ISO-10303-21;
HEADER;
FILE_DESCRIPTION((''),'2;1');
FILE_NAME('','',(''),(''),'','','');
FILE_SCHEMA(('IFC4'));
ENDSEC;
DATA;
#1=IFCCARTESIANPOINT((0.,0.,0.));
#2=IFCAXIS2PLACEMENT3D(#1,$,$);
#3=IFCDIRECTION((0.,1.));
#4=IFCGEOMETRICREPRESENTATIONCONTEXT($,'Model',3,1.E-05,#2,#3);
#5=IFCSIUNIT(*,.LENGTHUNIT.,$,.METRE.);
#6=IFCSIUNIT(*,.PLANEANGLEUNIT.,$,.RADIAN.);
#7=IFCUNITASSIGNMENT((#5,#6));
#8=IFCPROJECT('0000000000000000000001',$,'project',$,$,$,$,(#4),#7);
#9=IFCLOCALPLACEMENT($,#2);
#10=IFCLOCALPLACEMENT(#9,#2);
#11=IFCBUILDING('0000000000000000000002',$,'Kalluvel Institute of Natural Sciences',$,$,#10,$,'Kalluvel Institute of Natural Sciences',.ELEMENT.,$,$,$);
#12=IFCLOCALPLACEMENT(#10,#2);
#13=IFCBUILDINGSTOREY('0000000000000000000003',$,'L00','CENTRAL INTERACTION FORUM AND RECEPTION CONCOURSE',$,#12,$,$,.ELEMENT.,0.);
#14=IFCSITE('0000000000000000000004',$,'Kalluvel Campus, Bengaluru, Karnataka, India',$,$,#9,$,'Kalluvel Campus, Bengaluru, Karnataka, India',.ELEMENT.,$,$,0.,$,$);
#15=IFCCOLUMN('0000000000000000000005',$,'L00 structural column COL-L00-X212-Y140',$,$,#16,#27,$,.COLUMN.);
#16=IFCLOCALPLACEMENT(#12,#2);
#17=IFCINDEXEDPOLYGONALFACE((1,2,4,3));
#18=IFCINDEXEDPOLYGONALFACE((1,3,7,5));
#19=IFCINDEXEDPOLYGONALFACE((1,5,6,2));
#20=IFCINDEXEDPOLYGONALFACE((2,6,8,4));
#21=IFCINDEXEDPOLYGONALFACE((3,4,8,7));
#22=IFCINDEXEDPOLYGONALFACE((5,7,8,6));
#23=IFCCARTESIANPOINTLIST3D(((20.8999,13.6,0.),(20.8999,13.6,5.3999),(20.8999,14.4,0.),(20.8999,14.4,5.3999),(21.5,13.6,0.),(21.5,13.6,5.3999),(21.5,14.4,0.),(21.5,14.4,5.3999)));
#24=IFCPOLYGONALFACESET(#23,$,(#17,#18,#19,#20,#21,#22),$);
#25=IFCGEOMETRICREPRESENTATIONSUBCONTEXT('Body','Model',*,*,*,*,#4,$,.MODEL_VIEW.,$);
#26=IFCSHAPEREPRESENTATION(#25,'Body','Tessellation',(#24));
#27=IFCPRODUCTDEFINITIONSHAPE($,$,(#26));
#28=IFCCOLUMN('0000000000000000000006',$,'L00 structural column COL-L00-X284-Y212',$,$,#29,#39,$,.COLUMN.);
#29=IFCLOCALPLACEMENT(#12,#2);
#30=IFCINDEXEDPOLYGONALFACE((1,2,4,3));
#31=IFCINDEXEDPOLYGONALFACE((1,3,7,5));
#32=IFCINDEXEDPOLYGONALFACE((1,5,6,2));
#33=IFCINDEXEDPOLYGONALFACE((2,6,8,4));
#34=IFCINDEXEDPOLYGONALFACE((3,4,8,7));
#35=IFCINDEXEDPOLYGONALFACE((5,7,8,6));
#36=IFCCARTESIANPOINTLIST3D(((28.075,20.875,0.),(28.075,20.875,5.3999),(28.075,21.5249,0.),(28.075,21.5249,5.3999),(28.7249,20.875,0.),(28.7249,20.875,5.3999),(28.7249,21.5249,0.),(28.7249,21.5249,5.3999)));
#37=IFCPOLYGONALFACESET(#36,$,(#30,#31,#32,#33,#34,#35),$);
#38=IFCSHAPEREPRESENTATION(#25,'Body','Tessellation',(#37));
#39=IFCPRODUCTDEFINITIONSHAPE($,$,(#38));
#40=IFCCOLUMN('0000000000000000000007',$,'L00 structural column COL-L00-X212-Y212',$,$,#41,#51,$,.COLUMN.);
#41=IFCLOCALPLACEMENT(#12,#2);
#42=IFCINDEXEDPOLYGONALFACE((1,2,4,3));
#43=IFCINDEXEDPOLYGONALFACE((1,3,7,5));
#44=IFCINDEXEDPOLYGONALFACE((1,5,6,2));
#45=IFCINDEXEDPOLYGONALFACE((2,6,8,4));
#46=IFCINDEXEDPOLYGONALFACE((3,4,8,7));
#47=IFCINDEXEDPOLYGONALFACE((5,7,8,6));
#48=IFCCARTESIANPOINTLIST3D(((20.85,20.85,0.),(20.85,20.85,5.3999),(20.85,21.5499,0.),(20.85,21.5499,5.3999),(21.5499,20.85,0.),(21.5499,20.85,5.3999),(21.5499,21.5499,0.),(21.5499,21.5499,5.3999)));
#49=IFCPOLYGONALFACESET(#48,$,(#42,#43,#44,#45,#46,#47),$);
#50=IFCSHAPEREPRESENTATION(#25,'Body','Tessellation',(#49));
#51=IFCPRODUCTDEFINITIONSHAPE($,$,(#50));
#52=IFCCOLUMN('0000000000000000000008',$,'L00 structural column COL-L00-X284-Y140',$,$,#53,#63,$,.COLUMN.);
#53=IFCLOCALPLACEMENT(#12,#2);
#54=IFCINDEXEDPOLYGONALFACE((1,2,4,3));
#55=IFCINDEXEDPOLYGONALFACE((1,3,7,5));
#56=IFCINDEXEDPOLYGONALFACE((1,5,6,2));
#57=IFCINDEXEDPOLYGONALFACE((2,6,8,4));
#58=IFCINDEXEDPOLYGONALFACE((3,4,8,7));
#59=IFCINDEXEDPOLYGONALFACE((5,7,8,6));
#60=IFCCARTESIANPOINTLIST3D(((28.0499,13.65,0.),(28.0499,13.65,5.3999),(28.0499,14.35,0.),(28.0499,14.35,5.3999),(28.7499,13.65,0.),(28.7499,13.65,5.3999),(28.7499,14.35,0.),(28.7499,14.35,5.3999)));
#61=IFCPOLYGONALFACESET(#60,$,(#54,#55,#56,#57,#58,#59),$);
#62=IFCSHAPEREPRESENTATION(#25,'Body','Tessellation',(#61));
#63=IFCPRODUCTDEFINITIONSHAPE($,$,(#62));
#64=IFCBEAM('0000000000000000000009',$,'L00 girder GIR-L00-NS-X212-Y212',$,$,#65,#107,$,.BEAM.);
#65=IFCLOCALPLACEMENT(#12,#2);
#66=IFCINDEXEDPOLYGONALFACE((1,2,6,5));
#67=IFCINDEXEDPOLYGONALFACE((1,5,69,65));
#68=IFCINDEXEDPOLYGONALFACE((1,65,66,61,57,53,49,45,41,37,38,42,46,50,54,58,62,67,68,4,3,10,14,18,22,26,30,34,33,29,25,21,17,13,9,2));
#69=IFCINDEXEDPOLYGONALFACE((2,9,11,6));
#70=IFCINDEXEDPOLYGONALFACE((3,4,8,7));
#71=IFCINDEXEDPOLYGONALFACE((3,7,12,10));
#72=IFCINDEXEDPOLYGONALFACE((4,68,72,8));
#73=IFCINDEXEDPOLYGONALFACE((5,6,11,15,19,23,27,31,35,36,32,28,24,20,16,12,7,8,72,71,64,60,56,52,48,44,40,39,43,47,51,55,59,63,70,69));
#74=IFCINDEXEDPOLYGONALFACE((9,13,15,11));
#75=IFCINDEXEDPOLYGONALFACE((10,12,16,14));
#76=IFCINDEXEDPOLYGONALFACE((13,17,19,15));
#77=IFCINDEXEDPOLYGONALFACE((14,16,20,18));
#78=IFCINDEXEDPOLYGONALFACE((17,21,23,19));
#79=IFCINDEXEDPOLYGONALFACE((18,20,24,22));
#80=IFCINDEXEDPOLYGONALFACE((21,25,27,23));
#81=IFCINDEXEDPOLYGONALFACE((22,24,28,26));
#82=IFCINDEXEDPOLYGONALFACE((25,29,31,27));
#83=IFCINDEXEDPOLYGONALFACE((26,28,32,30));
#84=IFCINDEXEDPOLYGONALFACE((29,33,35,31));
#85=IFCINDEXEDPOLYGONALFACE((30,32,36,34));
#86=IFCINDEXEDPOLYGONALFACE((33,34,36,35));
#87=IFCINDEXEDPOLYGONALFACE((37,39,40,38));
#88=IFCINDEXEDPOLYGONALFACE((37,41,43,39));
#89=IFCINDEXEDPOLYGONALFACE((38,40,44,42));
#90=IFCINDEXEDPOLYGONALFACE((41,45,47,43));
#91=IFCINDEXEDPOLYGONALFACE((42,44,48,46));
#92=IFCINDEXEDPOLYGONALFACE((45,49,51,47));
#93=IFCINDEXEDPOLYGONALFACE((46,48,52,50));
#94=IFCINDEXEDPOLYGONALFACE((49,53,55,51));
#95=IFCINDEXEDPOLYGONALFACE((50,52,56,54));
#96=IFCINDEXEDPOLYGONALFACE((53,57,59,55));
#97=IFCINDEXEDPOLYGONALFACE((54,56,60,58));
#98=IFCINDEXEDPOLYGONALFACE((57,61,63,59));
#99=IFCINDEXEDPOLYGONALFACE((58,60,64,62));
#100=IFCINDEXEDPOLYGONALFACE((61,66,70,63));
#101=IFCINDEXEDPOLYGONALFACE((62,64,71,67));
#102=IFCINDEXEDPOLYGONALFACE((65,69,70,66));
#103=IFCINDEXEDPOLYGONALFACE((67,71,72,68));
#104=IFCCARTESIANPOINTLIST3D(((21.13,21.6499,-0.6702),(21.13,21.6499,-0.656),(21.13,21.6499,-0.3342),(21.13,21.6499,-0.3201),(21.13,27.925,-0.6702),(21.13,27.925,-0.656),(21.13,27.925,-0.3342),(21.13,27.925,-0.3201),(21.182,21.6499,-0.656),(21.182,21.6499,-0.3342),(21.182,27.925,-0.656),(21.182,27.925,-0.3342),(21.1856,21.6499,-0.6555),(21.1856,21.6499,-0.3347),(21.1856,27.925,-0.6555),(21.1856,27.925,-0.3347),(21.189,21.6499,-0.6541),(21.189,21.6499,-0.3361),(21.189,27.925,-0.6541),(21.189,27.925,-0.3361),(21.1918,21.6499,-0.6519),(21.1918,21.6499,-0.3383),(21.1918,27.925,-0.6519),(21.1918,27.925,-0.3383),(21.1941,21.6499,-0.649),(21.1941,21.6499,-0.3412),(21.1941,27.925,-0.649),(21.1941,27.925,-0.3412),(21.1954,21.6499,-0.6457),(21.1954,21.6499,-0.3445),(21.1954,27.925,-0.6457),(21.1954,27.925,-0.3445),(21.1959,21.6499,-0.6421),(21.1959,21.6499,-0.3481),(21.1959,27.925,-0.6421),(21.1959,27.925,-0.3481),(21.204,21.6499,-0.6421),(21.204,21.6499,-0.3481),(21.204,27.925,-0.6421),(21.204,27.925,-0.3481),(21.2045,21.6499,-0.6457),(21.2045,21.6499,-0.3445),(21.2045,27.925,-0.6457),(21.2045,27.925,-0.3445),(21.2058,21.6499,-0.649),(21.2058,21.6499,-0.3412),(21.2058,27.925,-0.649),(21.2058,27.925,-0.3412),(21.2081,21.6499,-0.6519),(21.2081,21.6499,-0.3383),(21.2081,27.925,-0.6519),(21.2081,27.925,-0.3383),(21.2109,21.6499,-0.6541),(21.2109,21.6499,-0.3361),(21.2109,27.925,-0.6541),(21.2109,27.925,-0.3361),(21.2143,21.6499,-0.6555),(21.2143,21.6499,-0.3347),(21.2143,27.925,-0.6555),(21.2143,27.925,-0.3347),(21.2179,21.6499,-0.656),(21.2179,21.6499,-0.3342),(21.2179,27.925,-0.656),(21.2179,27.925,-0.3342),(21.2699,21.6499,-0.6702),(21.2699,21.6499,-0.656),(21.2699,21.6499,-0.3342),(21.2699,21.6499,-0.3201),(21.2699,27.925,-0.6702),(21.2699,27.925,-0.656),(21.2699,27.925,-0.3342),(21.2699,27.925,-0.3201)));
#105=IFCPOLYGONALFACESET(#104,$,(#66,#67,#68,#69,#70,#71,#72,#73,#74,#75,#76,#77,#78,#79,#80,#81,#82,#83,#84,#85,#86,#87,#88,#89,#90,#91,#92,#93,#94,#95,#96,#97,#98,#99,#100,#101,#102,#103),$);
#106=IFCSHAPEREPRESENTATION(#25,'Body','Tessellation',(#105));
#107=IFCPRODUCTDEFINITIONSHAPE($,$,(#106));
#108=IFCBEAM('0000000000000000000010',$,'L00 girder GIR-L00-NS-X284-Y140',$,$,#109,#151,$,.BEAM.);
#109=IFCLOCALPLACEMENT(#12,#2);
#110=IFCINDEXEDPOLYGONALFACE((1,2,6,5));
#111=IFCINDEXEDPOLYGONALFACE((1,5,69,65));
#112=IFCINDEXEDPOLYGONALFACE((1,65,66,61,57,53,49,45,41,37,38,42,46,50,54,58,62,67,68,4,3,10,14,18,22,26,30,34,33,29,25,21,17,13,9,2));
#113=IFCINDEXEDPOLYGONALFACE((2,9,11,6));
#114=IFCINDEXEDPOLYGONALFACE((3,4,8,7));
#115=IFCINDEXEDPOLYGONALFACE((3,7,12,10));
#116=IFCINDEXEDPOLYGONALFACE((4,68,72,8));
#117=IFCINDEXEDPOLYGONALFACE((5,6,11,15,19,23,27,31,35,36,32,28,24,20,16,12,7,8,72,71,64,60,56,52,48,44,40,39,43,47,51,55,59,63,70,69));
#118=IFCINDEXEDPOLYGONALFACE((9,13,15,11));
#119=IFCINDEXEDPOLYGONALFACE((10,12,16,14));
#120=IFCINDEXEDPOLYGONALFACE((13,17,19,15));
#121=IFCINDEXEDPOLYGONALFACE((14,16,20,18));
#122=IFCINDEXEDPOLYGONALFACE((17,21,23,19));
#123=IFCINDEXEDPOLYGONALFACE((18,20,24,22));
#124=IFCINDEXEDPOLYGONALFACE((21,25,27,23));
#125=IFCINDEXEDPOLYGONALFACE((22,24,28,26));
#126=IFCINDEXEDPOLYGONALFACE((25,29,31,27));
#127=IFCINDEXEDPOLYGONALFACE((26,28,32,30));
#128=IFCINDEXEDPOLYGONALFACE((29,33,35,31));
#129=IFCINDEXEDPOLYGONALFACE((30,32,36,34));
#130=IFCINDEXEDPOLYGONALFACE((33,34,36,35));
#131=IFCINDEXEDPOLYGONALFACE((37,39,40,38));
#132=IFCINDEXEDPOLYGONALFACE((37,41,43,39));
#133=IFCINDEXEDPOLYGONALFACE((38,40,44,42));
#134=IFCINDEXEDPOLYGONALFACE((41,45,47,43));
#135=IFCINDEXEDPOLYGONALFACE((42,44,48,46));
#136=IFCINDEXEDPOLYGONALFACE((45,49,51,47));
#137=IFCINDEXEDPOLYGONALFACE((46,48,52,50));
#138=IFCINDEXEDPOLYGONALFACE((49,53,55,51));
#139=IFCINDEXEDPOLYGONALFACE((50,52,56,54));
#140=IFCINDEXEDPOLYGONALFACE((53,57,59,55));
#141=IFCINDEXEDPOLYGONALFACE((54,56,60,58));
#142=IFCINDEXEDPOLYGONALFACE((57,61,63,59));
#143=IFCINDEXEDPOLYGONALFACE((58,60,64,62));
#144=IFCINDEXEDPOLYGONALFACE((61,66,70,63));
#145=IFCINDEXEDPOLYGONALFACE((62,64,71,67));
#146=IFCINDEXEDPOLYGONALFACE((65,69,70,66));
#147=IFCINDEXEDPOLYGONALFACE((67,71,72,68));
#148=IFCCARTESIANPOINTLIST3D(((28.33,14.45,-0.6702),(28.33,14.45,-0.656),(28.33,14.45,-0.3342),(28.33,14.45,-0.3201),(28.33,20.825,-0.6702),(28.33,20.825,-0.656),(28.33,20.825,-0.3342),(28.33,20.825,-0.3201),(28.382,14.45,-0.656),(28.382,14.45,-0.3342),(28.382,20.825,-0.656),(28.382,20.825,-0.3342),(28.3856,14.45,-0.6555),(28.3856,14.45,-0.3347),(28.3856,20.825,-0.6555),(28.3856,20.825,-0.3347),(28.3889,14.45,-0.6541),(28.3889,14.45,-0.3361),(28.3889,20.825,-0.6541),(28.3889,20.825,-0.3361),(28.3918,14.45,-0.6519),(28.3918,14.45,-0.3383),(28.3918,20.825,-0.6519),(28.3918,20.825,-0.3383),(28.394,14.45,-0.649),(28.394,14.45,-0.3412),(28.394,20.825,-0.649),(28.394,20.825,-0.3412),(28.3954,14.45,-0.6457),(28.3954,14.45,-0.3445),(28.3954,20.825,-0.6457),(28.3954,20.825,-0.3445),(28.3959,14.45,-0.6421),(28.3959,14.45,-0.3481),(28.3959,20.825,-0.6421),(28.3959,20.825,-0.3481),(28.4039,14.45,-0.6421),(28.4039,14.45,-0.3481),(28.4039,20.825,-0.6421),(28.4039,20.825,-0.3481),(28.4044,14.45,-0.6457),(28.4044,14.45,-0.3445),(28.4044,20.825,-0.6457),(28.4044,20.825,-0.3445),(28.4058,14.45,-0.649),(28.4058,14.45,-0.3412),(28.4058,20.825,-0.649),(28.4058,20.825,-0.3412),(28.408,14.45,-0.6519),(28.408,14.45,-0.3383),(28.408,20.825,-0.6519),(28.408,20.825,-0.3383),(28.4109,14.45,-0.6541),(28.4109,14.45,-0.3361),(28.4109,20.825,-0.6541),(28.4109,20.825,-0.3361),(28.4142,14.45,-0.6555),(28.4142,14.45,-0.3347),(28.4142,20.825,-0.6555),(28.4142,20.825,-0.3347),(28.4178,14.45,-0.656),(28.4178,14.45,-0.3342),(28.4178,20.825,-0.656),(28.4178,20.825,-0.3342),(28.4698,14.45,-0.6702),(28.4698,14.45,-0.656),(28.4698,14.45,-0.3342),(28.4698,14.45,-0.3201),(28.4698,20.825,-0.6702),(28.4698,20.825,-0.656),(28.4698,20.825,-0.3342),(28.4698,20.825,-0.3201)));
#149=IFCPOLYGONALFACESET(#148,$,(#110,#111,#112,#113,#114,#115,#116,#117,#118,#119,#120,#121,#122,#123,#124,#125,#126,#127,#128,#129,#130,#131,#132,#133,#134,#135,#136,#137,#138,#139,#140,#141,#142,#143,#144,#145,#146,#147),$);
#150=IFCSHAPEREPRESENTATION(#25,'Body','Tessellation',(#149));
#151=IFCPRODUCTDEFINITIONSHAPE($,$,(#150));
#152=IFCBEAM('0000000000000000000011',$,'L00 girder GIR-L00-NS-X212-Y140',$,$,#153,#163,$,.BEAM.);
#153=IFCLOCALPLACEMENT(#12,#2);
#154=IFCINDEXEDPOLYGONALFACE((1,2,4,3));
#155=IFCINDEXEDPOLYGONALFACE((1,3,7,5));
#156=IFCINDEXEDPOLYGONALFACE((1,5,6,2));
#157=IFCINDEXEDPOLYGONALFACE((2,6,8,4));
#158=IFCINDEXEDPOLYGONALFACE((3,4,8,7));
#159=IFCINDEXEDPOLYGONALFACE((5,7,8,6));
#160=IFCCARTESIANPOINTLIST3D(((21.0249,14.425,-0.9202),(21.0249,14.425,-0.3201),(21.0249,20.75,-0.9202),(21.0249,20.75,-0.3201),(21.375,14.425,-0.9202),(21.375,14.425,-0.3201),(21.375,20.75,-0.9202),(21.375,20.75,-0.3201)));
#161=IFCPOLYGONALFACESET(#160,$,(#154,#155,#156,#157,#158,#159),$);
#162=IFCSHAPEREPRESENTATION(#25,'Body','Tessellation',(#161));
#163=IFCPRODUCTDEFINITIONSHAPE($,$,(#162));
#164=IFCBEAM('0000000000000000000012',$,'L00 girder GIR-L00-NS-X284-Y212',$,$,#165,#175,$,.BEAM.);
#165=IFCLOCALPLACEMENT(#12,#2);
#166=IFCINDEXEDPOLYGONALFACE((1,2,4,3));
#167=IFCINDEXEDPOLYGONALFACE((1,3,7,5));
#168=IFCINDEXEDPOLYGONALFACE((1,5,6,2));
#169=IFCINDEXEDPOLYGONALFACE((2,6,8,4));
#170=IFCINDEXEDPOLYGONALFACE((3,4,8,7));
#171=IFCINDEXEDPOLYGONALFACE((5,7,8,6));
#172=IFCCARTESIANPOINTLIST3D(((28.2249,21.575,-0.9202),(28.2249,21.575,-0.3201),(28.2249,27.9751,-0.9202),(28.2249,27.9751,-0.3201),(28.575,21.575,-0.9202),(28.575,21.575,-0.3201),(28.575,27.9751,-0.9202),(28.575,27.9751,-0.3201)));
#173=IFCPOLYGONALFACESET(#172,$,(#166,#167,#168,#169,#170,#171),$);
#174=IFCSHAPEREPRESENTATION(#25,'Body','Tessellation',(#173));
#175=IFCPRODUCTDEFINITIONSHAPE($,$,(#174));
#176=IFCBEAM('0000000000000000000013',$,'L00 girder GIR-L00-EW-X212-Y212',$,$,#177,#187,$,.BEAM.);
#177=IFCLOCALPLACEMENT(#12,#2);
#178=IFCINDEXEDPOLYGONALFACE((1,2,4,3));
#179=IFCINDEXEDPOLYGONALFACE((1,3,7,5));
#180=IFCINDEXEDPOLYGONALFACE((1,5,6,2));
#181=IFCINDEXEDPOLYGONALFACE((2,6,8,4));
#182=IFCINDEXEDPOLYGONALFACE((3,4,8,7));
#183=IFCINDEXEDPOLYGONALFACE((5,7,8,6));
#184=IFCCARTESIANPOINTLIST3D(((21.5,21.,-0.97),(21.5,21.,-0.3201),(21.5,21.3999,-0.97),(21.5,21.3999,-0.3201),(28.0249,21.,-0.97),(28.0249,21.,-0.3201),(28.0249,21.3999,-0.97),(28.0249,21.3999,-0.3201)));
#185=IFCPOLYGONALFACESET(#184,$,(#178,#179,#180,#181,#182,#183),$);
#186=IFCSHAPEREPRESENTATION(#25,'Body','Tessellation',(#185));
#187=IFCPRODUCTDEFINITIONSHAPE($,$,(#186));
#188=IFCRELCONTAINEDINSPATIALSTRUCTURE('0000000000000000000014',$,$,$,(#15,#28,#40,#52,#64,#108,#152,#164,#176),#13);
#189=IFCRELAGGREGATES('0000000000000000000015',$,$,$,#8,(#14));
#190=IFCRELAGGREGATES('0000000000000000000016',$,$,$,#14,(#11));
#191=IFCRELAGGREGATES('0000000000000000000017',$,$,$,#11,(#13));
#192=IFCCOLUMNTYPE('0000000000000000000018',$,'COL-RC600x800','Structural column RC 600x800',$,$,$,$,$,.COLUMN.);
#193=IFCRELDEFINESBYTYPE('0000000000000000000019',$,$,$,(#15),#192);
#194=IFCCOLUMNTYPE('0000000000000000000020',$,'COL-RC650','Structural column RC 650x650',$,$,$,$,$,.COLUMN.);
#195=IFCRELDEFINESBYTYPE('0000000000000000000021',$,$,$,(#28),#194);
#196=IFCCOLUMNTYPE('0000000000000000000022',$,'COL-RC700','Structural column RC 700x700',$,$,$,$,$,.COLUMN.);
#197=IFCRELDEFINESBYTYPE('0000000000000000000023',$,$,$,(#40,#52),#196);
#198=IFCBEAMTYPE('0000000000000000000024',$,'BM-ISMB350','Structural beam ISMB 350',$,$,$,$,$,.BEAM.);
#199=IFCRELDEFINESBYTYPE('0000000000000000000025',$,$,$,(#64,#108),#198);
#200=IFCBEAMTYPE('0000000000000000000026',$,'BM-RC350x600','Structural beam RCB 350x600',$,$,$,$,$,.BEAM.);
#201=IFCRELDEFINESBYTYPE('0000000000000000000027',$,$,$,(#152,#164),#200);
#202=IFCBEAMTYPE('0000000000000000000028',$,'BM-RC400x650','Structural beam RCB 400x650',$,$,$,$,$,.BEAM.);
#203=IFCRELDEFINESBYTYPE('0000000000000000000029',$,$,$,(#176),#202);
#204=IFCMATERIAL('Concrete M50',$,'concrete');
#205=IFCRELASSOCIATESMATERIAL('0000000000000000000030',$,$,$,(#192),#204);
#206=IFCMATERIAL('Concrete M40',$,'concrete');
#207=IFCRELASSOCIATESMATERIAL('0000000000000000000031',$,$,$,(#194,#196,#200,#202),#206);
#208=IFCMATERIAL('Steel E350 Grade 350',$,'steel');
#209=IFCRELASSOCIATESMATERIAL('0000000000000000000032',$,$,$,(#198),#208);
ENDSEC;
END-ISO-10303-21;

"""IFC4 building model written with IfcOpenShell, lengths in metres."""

from ifc_helpers import new_model, si_unit, direction, frame, origin, origin_2d, place, context, subcontext, project, spatial, rectangle, i_section, extrude, material, material_profile, profile_set, type_object, element, save


model = new_model("IFC4")

# Units and contexts
model_context = context("Model", 3, precision=1e-05, world=origin(), true_north=direction((0.0, 1.0)))
body_context = subcontext(model_context, "Body", "Model", "MODEL_VIEW")
ifc_project = project(units=[si_unit("LENGTHUNIT", "METRE"), si_unit("PLANEANGLEUNIT", "RADIAN")], contexts=[model_context])

# Site, building, storey
site_placement = place(None, origin())
site = spatial("IfcSite", under=ifc_project, at=site_placement, Name="Kalluvel Campus, Bengaluru, Karnataka, India", LongName="Kalluvel Campus, Bengaluru, Karnataka, India", CompositionType="ELEMENT", RefElevation=0.0)
building_placement = place(site_placement, origin())
building = spatial("IfcBuilding", under=site, at=building_placement, Name="Kalluvel Institute of Natural Sciences", LongName="Kalluvel Institute of Natural Sciences", CompositionType="ELEMENT")
storey_placement = place(building_placement, origin())
storey = spatial("IfcBuildingStorey", under=building, at=storey_placement, Name="L00", Description="CENTRAL INTERACTION FORUM AND RECEPTION CONCOURSE", CompositionType="ELEMENT", Elevation=0.0)

# Columns
ifc_material_1 = material(Name="Concrete M50", Category="concrete")
ifc_material_profile_1 = material_profile(ifc_material_1, rectangle(XDim=0.6001, YDim=0.8, at=origin_2d()), Name="RC 600x800")
ifc_profile_set_1 = profile_set([ifc_material_profile_1], Name="Concrete M50")
column_type_1 = type_object("IfcColumnType", Name="COL-RC600x800", Description="Structural column RC 600x800", PredefinedType="COLUMN", material=ifc_profile_set_1)
column_1_placement = place(storey_placement, frame((21.2, 14.0, 0.0), z_axis=(0.0, 0.0, 1.0), x_axis=(1.0, 0.0, 0.0)))
element("IfcColumn", 1, at=column_1_placement, inside=storey, type_object=column_type_1, Name="L00 structural column COL-L00-X212-Y140", PredefinedType="COLUMN", context=body_context, shape_type="SweptSolid", body=[
    extrude(rectangle(XDim=0.6001, YDim=0.8, at=origin_2d()), origin(), (0.0, 0.0, 1.0), 5.3999),
])
ifc_material_2 = material(Name="Concrete M40", Category="concrete")
ifc_material_profile_2 = material_profile(ifc_material_2, rectangle(XDim=0.6499, YDim=0.6499, at=origin_2d()), Name="RC 650x650")
ifc_profile_set_2 = profile_set([ifc_material_profile_2], Name="Concrete M40")
column_type_2 = type_object("IfcColumnType", Name="COL-RC650", Description="Structural column RC 650x650", PredefinedType="COLUMN", material=ifc_profile_set_2)
column_2_placement = place(storey_placement, frame((28.3999, 21.2, 0.0), z_axis=(0.0, 0.0, 1.0), x_axis=(1.0, 0.0, 0.0)))
element("IfcColumn", 2, at=column_2_placement, inside=storey, type_object=column_type_2, Name="L00 structural column COL-L00-X284-Y212", PredefinedType="COLUMN", context=body_context, shape_type="SweptSolid", body=[
    extrude(rectangle(XDim=0.6499, YDim=0.6499, at=origin_2d()), origin(), (0.0, 0.0, 1.0), 5.3999),
])
ifc_material_profile_3 = material_profile(ifc_material_2, rectangle(XDim=0.7, YDim=0.7, at=origin_2d()), Name="RC 700x700")
ifc_profile_set_3 = profile_set([ifc_material_profile_3], Name="Concrete M40")
column_type_3 = type_object("IfcColumnType", Name="COL-RC700", Description="Structural column RC 700x700", PredefinedType="COLUMN", material=ifc_profile_set_3)
for number, where, z_axis, x_axis, name in (
    (3, (21.2, 21.2, 0.0), (0.0, 0.0, 1.0), (1.0, 0.0, 0.0), "L00 structural column COL-L00-X212-Y212"),
    (4, (28.3999, 14.0, 0.0), (0.0, 0.0, 1.0), (1.0, 0.0, 0.0), "L00 structural column COL-L00-X284-Y140"),
):
    element("IfcColumn", number, at=place(storey_placement, frame(where, z_axis=z_axis, x_axis=x_axis)), inside=storey, type_object=column_type_3, Name=name, PredefinedType="COLUMN", context=body_context, shape_type="SweptSolid", body=[
        extrude(rectangle(XDim=0.7, YDim=0.7, at=origin_2d()), origin(), (0.0, 0.0, 1.0), 5.3999),
    ])

# Beams
ifc_material_3 = material(Name="Steel E350 Grade 350", Category="steel")
ifc_material_profile_4 = material_profile(ifc_material_3, i_section(OverallWidth=0.1399, OverallDepth=0.3501, WebThickness=0.0081, FlangeThickness=0.0142, FilletRadius=0.0139, at=origin_2d()), Name="ISMB 350")
ifc_profile_set_4 = profile_set([ifc_material_profile_4], Name="Steel E350 Grade 350")
beam_type_1 = type_object("IfcBeamType", Name="BM-ISMB350", Description="Structural beam ISMB 350", PredefinedType="BEAM", material=ifc_profile_set_4)
beam_1_placement = place(storey_placement, frame((21.2, 21.6499, -0.4951), z_axis=(0.0, 1.0, 0.0), x_axis=(-1.0, 0.0, 0.0)))
element("IfcBeam", 5, at=beam_1_placement, inside=storey, type_object=beam_type_1, Name="L00 girder GIR-L00-NS-X212-Y212", PredefinedType="BEAM", context=body_context, shape_type="SweptSolid", body=[
    extrude(i_section(OverallWidth=0.1399, OverallDepth=0.3501, WebThickness=0.0081, FlangeThickness=0.0142, FilletRadius=0.0139, at=origin_2d()), origin(), (0.0, 0.0, 1.0), 6.2751),
])
beam_2_placement = place(storey_placement, frame((28.3999, 14.45, -0.4951), z_axis=(0.0, 1.0, 0.0), x_axis=(-1.0, 0.0, 0.0)))
element("IfcBeam", 6, at=beam_2_placement, inside=storey, type_object=beam_type_1, Name="L00 girder GIR-L00-NS-X284-Y140", PredefinedType="BEAM", context=body_context, shape_type="SweptSolid", body=[
    extrude(i_section(OverallWidth=0.1399, OverallDepth=0.3501, WebThickness=0.0081, FlangeThickness=0.0142, FilletRadius=0.0139, at=origin_2d()), origin(), (0.0, 0.0, 1.0), 6.375),
])
ifc_material_profile_5 = material_profile(ifc_material_2, rectangle(XDim=0.3501, YDim=0.6001, at=origin_2d()), Name="RCB 350x600")
ifc_profile_set_5 = profile_set([ifc_material_profile_5], Name="Concrete M40")
beam_type_2 = type_object("IfcBeamType", Name="BM-RC350x600", Description="Structural beam RCB 350x600", PredefinedType="BEAM", material=ifc_profile_set_5)
beam_3_placement = place(storey_placement, frame((21.2, 14.425, -0.6201), z_axis=(0.0, 1.0, 0.0), x_axis=(-1.0, 0.0, 0.0)))
element("IfcBeam", 7, at=beam_3_placement, inside=storey, type_object=beam_type_2, Name="L00 girder GIR-L00-NS-X212-Y140", PredefinedType="BEAM", context=body_context, shape_type="SweptSolid", body=[
    extrude(rectangle(XDim=0.3501, YDim=0.6001, at=origin_2d()), origin(), (0.0, 0.0, 1.0), 6.325),
])
beam_4_placement = place(storey_placement, frame((28.3999, 21.575, -0.6201), z_axis=(0.0, 1.0, 0.0), x_axis=(-1.0, 0.0, 0.0)))
element("IfcBeam", 8, at=beam_4_placement, inside=storey, type_object=beam_type_2, Name="L00 girder GIR-L00-NS-X284-Y212", PredefinedType="BEAM", context=body_context, shape_type="SweptSolid", body=[
    extrude(rectangle(XDim=0.3501, YDim=0.6001, at=origin_2d()), origin(), (0.0, 0.0, 1.0), 6.4001),
])
ifc_material_profile_6 = material_profile(ifc_material_2, rectangle(XDim=0.3999, YDim=0.6499, at=origin_2d()), Name="RCB 400x650")
ifc_profile_set_6 = profile_set([ifc_material_profile_6], Name="Concrete M40")
beam_type_3 = type_object("IfcBeamType", Name="BM-RC400x650", Description="Structural beam RCB 400x650", PredefinedType="BEAM", material=ifc_profile_set_6)
beam_5_placement = place(storey_placement, frame((21.5, 21.2, -0.645), z_axis=(1.0, 0.0, 0.0), x_axis=(0.0, 1.0, 0.0)))
element("IfcBeam", 9, at=beam_5_placement, inside=storey, type_object=beam_type_3, Name="L00 girder GIR-L00-EW-X212-Y212", PredefinedType="BEAM", context=body_context, shape_type="SweptSolid", body=[
    extrude(rectangle(XDim=0.3999, YDim=0.6499, at=origin_2d()), origin(), (0.0, 0.0, 1.0), 6.5249),
])

save(model, "model.ifc")
